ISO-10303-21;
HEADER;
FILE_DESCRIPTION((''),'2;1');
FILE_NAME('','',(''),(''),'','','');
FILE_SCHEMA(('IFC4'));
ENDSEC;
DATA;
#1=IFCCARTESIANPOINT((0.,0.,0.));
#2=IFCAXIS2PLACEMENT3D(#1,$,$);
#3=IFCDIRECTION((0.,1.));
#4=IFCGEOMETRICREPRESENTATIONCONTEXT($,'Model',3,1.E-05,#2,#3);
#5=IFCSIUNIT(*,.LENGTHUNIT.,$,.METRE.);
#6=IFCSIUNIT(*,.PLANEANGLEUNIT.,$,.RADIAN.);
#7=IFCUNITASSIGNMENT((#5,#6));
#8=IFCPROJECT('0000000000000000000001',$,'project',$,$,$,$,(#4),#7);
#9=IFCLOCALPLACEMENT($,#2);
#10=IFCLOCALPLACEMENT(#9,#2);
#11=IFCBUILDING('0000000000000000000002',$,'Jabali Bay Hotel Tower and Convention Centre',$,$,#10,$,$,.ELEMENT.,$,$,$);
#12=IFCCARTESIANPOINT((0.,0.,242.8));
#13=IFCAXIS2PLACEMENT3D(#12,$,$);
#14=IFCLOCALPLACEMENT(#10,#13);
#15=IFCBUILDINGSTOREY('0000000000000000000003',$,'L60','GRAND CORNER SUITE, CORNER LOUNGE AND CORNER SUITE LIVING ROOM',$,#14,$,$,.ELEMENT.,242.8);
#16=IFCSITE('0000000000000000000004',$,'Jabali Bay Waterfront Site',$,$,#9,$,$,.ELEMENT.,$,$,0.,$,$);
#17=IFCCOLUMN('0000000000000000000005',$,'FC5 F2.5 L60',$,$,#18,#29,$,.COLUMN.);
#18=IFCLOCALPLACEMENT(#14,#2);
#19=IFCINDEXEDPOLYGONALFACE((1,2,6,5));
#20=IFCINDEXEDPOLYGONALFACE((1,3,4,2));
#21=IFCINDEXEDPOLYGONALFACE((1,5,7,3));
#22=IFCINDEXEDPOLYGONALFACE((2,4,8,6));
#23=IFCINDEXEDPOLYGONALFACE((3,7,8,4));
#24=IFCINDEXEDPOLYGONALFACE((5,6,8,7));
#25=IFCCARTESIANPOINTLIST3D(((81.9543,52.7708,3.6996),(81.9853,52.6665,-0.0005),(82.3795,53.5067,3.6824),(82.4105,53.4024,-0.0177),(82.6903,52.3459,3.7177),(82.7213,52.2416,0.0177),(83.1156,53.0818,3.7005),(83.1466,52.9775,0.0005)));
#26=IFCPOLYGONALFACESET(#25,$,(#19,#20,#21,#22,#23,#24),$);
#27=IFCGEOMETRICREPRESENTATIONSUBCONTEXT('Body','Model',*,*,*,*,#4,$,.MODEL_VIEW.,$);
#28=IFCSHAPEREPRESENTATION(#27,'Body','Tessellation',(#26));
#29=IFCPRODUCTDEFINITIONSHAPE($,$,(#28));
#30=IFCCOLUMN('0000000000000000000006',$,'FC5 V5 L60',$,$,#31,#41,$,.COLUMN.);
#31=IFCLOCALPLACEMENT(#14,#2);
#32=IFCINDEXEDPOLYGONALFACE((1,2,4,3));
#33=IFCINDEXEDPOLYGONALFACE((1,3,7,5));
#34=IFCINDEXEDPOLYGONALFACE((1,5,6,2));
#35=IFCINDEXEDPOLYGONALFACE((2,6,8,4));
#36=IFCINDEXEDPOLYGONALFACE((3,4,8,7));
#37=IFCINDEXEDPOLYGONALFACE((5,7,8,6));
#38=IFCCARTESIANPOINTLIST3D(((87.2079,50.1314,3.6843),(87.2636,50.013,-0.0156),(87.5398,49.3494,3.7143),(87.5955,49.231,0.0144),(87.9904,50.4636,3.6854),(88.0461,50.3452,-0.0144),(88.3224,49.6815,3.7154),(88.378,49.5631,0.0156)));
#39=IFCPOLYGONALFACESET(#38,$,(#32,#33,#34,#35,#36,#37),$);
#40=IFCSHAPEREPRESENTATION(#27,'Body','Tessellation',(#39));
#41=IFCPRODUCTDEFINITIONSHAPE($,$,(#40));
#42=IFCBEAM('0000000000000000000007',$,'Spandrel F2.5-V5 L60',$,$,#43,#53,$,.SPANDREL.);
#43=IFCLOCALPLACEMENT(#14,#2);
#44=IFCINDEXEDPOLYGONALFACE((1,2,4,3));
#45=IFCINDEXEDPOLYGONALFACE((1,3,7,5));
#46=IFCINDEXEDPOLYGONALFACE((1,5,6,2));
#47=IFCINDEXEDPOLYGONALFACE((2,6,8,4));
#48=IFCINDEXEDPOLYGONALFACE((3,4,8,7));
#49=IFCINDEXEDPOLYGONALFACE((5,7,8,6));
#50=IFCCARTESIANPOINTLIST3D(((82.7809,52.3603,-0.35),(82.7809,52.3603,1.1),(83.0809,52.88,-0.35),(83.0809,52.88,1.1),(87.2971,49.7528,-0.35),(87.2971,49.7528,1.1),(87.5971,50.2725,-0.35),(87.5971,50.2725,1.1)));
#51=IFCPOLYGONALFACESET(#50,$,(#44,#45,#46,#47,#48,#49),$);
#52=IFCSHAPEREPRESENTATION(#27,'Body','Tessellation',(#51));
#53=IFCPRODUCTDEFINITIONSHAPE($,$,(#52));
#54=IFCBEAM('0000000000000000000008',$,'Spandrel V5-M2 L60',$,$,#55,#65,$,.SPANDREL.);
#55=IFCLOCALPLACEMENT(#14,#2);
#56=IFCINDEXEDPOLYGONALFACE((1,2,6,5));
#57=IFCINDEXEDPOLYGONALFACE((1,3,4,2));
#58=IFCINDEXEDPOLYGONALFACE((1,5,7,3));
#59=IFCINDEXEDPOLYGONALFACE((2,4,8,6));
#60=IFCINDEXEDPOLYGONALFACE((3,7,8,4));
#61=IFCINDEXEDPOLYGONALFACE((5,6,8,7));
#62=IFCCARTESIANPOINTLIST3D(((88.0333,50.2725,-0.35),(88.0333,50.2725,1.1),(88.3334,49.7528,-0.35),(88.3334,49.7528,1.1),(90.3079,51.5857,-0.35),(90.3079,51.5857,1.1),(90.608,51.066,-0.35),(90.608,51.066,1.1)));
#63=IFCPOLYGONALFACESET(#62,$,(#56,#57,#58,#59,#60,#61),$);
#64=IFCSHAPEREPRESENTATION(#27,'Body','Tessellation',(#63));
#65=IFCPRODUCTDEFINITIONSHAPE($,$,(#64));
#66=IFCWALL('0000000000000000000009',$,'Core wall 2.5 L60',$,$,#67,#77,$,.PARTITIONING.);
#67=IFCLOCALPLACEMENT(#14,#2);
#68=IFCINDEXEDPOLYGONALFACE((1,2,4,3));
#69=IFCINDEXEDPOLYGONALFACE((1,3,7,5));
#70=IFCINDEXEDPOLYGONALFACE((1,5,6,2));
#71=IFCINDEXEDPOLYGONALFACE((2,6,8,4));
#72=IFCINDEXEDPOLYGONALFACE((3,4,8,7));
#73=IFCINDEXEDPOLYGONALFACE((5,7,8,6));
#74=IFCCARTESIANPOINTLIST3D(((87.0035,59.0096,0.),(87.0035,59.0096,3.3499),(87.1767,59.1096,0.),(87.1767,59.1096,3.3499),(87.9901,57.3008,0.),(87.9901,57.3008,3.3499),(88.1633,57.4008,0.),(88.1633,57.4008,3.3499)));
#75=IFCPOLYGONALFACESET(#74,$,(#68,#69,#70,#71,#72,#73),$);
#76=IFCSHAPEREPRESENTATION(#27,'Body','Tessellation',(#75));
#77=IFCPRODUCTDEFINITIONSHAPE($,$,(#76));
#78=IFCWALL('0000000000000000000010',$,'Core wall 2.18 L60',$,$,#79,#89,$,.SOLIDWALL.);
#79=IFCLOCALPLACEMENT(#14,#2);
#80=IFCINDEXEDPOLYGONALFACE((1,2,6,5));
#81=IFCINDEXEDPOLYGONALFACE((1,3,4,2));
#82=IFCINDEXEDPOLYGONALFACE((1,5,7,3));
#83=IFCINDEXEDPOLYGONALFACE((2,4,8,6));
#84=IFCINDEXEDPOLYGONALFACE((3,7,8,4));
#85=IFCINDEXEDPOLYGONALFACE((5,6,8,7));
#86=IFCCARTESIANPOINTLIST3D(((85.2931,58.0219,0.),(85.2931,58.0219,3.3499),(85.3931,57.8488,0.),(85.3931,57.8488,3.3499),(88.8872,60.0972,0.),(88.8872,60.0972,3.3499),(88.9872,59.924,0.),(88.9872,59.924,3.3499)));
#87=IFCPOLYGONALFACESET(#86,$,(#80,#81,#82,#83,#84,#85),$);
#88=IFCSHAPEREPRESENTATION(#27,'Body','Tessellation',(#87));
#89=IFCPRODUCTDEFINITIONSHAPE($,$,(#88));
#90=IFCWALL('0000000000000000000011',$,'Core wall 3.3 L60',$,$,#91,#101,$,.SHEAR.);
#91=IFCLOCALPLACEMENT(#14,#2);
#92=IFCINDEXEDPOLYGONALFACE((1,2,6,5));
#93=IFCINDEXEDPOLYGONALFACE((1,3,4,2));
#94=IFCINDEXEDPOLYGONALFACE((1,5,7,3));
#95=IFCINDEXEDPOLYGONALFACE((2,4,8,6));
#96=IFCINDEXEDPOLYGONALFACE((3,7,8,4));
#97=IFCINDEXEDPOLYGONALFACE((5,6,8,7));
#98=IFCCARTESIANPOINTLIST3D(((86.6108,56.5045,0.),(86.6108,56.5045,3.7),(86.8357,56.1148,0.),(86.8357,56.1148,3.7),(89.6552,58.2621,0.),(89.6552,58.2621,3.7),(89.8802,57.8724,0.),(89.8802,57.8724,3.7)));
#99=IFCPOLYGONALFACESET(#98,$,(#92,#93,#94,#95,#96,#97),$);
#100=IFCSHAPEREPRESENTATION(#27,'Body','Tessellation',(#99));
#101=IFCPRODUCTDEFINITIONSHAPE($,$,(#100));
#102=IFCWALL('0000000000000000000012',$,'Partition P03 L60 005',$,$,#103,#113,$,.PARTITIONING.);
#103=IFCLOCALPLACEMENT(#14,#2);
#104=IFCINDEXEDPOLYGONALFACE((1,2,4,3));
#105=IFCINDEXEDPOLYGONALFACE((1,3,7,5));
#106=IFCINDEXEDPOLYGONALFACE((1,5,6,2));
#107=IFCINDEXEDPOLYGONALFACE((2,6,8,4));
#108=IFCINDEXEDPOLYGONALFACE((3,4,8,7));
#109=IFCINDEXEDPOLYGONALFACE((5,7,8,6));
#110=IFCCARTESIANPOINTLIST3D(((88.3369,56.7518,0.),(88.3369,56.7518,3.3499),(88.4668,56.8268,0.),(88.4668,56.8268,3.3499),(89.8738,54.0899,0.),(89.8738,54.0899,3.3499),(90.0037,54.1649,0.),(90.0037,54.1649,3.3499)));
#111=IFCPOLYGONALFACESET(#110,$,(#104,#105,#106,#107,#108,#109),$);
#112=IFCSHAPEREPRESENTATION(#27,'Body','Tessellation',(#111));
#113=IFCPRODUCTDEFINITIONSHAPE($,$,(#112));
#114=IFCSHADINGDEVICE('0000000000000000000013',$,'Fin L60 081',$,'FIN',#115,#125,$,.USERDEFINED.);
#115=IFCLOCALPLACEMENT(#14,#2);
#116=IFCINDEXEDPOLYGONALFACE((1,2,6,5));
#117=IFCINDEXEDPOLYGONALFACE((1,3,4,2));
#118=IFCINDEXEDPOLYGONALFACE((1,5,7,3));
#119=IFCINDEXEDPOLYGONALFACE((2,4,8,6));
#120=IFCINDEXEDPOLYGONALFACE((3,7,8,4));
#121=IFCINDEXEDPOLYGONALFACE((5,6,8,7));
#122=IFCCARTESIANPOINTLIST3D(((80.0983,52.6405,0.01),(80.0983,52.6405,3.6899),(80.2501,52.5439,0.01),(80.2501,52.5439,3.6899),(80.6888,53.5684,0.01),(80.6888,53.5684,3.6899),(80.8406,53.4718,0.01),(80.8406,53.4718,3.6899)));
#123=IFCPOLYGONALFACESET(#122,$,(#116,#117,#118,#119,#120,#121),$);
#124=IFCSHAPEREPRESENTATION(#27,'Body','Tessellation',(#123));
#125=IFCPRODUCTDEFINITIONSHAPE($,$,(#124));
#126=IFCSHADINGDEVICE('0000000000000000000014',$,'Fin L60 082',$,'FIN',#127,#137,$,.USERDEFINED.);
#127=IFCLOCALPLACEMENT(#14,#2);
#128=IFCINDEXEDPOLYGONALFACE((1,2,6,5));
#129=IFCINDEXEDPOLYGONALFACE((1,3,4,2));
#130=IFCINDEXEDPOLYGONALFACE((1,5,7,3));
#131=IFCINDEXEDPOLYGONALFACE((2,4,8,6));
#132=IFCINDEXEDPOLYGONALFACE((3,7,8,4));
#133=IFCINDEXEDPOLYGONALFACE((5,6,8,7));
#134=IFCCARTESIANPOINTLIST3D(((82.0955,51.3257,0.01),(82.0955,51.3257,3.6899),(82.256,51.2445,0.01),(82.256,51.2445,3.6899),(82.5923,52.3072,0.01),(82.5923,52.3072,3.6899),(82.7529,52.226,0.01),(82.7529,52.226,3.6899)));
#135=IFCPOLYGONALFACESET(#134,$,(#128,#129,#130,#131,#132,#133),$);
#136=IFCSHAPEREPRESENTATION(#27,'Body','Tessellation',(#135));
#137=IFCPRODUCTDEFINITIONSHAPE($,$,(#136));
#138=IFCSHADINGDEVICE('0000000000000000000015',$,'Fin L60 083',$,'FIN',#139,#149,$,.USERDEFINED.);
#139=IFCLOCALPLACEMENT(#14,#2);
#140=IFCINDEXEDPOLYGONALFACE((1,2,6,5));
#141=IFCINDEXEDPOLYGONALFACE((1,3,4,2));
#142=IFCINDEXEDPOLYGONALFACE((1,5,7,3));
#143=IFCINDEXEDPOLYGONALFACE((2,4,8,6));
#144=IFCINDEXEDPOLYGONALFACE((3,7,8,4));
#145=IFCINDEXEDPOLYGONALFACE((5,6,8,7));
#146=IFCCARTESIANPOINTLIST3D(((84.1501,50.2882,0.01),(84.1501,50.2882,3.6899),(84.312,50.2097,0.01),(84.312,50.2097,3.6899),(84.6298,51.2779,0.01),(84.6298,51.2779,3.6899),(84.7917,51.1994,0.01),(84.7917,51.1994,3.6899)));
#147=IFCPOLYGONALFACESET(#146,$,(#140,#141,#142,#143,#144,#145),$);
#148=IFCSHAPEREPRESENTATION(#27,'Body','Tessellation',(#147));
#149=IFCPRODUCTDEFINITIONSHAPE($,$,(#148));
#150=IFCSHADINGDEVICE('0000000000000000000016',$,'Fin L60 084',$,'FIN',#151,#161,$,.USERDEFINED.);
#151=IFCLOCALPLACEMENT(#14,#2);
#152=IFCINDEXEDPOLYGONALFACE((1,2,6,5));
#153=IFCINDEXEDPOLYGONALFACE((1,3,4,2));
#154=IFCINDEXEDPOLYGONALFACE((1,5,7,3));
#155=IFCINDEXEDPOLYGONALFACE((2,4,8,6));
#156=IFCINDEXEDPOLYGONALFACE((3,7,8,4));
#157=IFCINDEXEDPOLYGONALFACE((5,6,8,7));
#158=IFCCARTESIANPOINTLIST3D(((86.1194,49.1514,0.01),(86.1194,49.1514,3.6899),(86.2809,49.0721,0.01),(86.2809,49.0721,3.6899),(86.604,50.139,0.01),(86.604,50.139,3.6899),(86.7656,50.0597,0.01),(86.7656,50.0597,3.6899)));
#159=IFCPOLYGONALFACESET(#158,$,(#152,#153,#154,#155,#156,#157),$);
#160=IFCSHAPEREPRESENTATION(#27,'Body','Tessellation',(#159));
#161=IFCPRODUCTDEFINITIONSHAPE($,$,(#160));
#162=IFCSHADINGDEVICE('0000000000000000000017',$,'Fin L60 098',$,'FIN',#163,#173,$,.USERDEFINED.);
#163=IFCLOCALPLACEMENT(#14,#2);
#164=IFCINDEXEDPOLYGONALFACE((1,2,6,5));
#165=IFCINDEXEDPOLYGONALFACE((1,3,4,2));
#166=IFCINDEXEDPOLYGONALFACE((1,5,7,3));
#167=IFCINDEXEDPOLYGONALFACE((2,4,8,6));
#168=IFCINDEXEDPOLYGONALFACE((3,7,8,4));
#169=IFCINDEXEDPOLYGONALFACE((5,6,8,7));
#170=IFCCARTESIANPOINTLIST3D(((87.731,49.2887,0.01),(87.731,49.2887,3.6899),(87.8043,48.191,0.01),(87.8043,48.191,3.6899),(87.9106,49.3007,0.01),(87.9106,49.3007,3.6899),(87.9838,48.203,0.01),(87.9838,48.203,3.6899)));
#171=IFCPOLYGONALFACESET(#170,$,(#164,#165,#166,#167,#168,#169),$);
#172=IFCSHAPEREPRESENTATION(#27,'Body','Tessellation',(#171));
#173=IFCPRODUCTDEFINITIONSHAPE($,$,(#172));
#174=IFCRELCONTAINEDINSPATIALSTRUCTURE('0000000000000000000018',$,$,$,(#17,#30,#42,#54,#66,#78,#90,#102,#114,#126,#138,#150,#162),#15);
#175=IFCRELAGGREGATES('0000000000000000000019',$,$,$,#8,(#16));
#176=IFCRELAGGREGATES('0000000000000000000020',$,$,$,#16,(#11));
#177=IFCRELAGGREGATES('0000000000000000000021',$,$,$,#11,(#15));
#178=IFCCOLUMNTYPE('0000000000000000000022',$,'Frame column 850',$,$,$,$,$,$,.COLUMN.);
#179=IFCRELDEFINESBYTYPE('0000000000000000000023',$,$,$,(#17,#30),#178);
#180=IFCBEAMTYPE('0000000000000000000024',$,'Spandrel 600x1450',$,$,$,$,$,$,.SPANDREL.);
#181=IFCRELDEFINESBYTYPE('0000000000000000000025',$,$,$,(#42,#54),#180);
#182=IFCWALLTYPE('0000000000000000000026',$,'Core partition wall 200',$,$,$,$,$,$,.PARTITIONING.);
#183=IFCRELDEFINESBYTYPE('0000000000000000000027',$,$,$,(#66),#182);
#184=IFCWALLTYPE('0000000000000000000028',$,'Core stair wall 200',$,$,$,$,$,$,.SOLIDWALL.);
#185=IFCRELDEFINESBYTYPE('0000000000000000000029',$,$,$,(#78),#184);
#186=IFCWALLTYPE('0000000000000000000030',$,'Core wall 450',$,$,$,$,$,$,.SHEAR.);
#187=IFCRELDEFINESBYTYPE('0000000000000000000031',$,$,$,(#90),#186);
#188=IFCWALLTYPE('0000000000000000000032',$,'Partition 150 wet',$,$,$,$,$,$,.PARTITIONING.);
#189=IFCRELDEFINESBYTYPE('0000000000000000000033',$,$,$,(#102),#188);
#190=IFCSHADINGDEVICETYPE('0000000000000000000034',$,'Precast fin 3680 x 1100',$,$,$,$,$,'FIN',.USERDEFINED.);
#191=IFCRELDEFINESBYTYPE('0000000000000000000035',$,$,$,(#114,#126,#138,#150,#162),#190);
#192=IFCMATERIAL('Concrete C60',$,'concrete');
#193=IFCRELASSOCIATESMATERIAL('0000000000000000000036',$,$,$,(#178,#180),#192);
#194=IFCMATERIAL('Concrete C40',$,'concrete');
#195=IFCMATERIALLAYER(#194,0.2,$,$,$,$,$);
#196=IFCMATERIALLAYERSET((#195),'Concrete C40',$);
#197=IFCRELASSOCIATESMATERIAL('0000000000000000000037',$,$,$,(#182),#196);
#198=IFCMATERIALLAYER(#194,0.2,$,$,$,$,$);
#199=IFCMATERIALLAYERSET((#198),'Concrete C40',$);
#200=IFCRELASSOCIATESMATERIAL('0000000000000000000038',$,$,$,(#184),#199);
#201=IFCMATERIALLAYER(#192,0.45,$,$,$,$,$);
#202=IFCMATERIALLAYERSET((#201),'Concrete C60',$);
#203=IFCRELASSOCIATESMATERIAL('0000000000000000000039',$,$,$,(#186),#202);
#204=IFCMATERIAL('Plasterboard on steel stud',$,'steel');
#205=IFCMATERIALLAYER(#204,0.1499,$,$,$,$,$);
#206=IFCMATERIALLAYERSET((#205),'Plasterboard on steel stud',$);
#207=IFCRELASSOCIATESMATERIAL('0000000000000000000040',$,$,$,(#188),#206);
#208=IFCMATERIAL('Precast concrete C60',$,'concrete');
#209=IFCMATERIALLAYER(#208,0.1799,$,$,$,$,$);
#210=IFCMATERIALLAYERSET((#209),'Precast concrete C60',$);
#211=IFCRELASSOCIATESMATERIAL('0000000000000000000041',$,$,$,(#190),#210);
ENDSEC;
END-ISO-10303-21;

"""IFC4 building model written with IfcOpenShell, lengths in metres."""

from ifc_helpers import new_model, si_unit, direction, frame, frame_2d, origin, origin_2d, place, context, subcontext, project, spatial, rectangle, extrude, material, layer, layer_set, material_profile, profile_set, type_object, element, save


model = new_model("IFC4")

# Units and contexts
model_context = context("Model", 3, precision=1e-05, world=origin(), true_north=direction((0.0, 1.0)))
body_context = subcontext(model_context, "Body", "Model", "MODEL_VIEW")
ifc_project = project(units=[si_unit("LENGTHUNIT", "METRE"), si_unit("PLANEANGLEUNIT", "RADIAN")], contexts=[model_context])

# Site, building, storey
site_placement = place(None, origin())
site = spatial("IfcSite", under=ifc_project, at=site_placement, Name="Jabali Bay Waterfront Site", CompositionType="ELEMENT", RefElevation=0.0)
building_placement = place(site_placement, origin())
building = spatial("IfcBuilding", under=site, at=building_placement, Name="Jabali Bay Hotel Tower and Convention Centre", CompositionType="ELEMENT")
storey_placement = place(building_placement, frame((0.0, 0.0, 242.8)))
storey = spatial("IfcBuildingStorey", under=building, at=storey_placement, Name="L60", Description="GRAND CORNER SUITE, CORNER LOUNGE AND CORNER SUITE LIVING ROOM", CompositionType="ELEMENT", Elevation=242.8)

# Columns
ifc_material_1 = material(Name="Concrete C60", Category="concrete")
ifc_material_profile_1 = material_profile(ifc_material_1, rectangle(XDim=0.8501, YDim=0.8501, at=origin_2d()), Name="Frame column 850")
ifc_profile_set_1 = profile_set([ifc_material_profile_1], Name="Concrete C60")
column_type = type_object("IfcColumnType", Name="Frame column 850", PredefinedType="COLUMN", material=ifc_profile_set_1)
column_1_placement = place(storey_placement, frame((82.5659, 52.822, 0.0), z_axis=(-0.008376, 0.028163, 0.999568), x_axis=(-0.50024, -0.865651, 0.020198)))
element("IfcColumn", 1, at=column_1_placement, inside=storey, type_object=column_type, Name="FC5 F2.5 L60", PredefinedType="COLUMN", context=body_context, shape_type="SweptSolid", body=[
    extrude(rectangle(XDim=0.8501, YDim=0.8501, at=origin_2d()), origin(), (0.0, 0.0, 1.0), 3.7017),
])
column_2_placement = place(storey_placement, frame((87.8208, 49.7881, 0.0), z_axis=(-0.015035, 0.031983, 0.999375), x_axis=(0.390442, -0.91995, 0.035315)))
element("IfcColumn", 2, at=column_2_placement, inside=storey, type_object=column_type, Name="FC5 V5 L60", PredefinedType="COLUMN", context=body_context, shape_type="SweptSolid", body=[
    extrude(rectangle(XDim=0.8501, YDim=0.8501, at=origin_2d()), origin(), (0.0, 0.0, 1.0), 3.7021),
])

# Beams
ifc_material_profile_2 = material_profile(ifc_material_1, rectangle(XDim=0.6001, YDim=1.45, at=origin_2d()), Name="Spandrel 600x1450")
ifc_profile_set_2 = profile_set([ifc_material_profile_2], Name="Concrete C60")
beam_type = type_object("IfcBeamType", Name="Spandrel 600x1450", PredefinedType="SPANDREL", material=ifc_profile_set_2)
beam_1_placement = place(storey_placement, frame((82.9309, 52.6201, 0.375), z_axis=(0.866022, -0.500006, 0.0), x_axis=(0.500006, 0.866022, 0.0)))
element("IfcBeam", 3, at=beam_1_placement, inside=storey, type_object=beam_type, Name="Spandrel F2.5-V5 L60", PredefinedType="SPANDREL", context=body_context, shape_type="SweptSolid", body=[
    extrude(rectangle(XDim=0.6001, YDim=1.45, at=origin_2d()), origin(), (0.0, 0.0, 1.0), 5.2148),
])
beam_2_placement = place(storey_placement, frame((88.1833, 50.0127, 0.375), z_axis=(0.866032, 0.499988, 0.0), x_axis=(-0.499988, 0.866032, 0.0)))
element("IfcBeam", 4, at=beam_2_placement, inside=storey, type_object=beam_type, Name="Spandrel V5-M2 L60", PredefinedType="SPANDREL", context=body_context, shape_type="SweptSolid", body=[
    extrude(rectangle(XDim=0.6001, YDim=1.45, at=origin_2d()), origin(), (0.0, 0.0, 1.0), 2.6265),
])

# Walls
ifc_material_2 = material(Name="Concrete C40", Category="concrete")
ifc_layer_1 = layer(ifc_material_2, 0.2)
ifc_layer_set_1 = layer_set([ifc_layer_1], Name="Concrete C40")
wall_type_1 = type_object("IfcWallType", Name="Core partition wall 200", PredefinedType="PARTITIONING", material=ifc_layer_set_1)
wall_1_placement = place(storey_placement, frame((87.0901, 59.0596, 0.0), z_axis=(0.0, 0.0, 1.0), x_axis=(0.500012, -0.866019, 0.0)))
element("IfcWall", 5, at=wall_1_placement, inside=storey, type_object=wall_type_1, Name="Core wall 2.5 L60", PredefinedType="PARTITIONING", context=body_context, shape_type="SweptSolid", body=[
    extrude(rectangle(XDim=1.9731, YDim=0.2, at=frame_2d((0.9866, 0.0))), origin(), (0.0, 0.0, 1.0), 3.3499),
])
ifc_layer_2 = layer(ifc_material_2, 0.2)
ifc_layer_set_2 = layer_set([ifc_layer_2], Name="Concrete C40")
wall_type_2 = type_object("IfcWallType", Name="Core stair wall 200", PredefinedType="SOLIDWALL", material=ifc_layer_set_2)
wall_2_placement = place(storey_placement, frame((85.343, 57.9353, 0.0), z_axis=(0.0, 0.0, 1.0), x_axis=(0.866004, 0.500036, 0.0)))
element("IfcWall", 6, at=wall_2_placement, inside=storey, type_object=wall_type_2, Name="Core wall 2.18 L60", PredefinedType="SOLIDWALL", context=body_context, shape_type="SweptSolid", body=[
    extrude(rectangle(XDim=4.1501, YDim=0.2, at=frame_2d((2.0752, 0.0))), origin(), (0.0, 0.0, 1.0), 3.3499),
])
ifc_layer_3 = layer(ifc_material_1, 0.45)
ifc_layer_set_3 = layer_set([ifc_layer_3], Name="Concrete C60")
wall_type_3 = type_object("IfcWallType", Name="Core wall 450", PredefinedType="SHEAR", material=ifc_layer_set_3)
wall_3_placement = place(storey_placement, frame((86.7231, 56.3096, 0.0), z_axis=(0.0, 0.0, 1.0), x_axis=(0.866042, 0.499971, 0.0)))
element("IfcWall", 7, at=wall_3_placement, inside=storey, type_object=wall_type_3, Name="Core wall 3.3 L60", PredefinedType="SHEAR", context=body_context, shape_type="SweptSolid", body=[
    extrude(rectangle(XDim=3.5154, YDim=0.45, at=frame_2d((1.7578, 0.0))), origin(), (0.0, 0.0, 1.0), 3.7),
])

# Wall
ifc_material_3 = material(Name="Plasterboard on steel stud", Category="steel")
ifc_layer_4 = layer(ifc_material_3, 0.1499)
ifc_layer_set_4 = layer_set([ifc_layer_4], Name="Plasterboard on steel stud")
wall_type_4 = type_object("IfcWallType", Name="Partition 150 wet", PredefinedType="PARTITIONING", material=ifc_layer_set_4)
wall_4_placement = place(storey_placement, frame((88.4019, 56.7893, 0.0), z_axis=(0.0, 0.0, 1.0), x_axis=(0.500009, -0.86602, 0.0)))
element("IfcWall", 8, at=wall_4_placement, inside=storey, type_object=wall_type_4, Name="Partition P03 L60 005", PredefinedType="PARTITIONING", context=body_context, shape_type="SweptSolid", body=[
    extrude(rectangle(XDim=3.0737, YDim=0.1499, at=frame_2d((1.5369, 0.0))), origin(), (0.0, 0.0, 1.0), 3.3499),
])

# Shading devices
ifc_material_4 = material(Name="Precast concrete C60", Category="concrete")
ifc_layer_5 = layer(ifc_material_4, 0.1799)
ifc_layer_set_5 = layer_set([ifc_layer_5], Name="Precast concrete C60")
shading_device_type_1 = type_object("IfcShadingDeviceType", Name="Precast fin 3680 x 1100", ElementType="FIN", PredefinedType="USERDEFINED", material=ifc_layer_set_5)
shading_device_1_placement = place(storey_placement, frame((80.7646, 53.52, 0.01), z_axis=(0.0, 0.0, 1.0), x_axis=(-0.536904, -0.843643, 0.0)))
element("IfcShadingDevice", 9, at=shading_device_1_placement, inside=storey, type_object=shading_device_type_1, Name="Fin L60 081", ObjectType="FIN", PredefinedType="USERDEFINED", context=body_context, shape_type="SweptSolid", body=[
    extrude(rectangle(XDim=1.0999, YDim=0.1799, at=frame_2d((0.5498, 0.0))), origin(), (0.0, 0.0, 1.0), 3.6799),
])
shading_device_2_placement = place(storey_placement, frame((82.6726, 52.2666, 0.01), z_axis=(0.0, 0.0, 1.0), x_axis=(-0.451647, -0.892197, 0.0)))
element("IfcShadingDevice", 10, at=shading_device_2_placement, inside=storey, type_object=shading_device_type_1, Name="Fin L60 082", ObjectType="FIN", PredefinedType="USERDEFINED", context=body_context, shape_type="SweptSolid", body=[
    extrude(rectangle(XDim=1.1001, YDim=0.1799, at=frame_2d((0.55, 0.0))), origin(), (0.0, 0.0, 1.0), 3.6799),
])
shading_device_3_placement = place(storey_placement, frame((84.7107, 51.2385, 0.01), z_axis=(0.0, 0.0, 1.0), x_axis=(-0.43617, -0.899864, 0.0)))
element("IfcShadingDevice", 11, at=shading_device_3_placement, inside=storey, type_object=shading_device_type_1, Name="Fin L60 083", ObjectType="FIN", PredefinedType="USERDEFINED", context=body_context, shape_type="SweptSolid", body=[
    extrude(rectangle(XDim=1.0999, YDim=0.1799, at=frame_2d((0.5498, 0.0))), origin(), (0.0, 0.0, 1.0), 3.6799),
])
for number, where, z_axis, x_axis, name in (
    (12, (86.6848, 50.0994, 0.01), (0.0, 0.0, 1.0), (-0.440543, -0.897731, 0.0), "Fin L60 084"),
    (13, (87.8208, 49.2947, 0.01), (0.0, 0.0, 1.0), (0.066578, -0.997781, 0.0), "Fin L60 098"),
):
    element("IfcShadingDevice", number, at=place(storey_placement, frame(where, z_axis=z_axis, x_axis=x_axis)), inside=storey, type_object=shading_device_type_1, Name=name, ObjectType="FIN", PredefinedType="USERDEFINED", context=body_context, shape_type="SweptSolid", body=[
        extrude(rectangle(XDim=1.1001, YDim=0.1799, at=frame_2d((0.55, 0.0))), origin(), (0.0, 0.0, 1.0), 3.6799),
    ])

save(model, "model.ifc")
